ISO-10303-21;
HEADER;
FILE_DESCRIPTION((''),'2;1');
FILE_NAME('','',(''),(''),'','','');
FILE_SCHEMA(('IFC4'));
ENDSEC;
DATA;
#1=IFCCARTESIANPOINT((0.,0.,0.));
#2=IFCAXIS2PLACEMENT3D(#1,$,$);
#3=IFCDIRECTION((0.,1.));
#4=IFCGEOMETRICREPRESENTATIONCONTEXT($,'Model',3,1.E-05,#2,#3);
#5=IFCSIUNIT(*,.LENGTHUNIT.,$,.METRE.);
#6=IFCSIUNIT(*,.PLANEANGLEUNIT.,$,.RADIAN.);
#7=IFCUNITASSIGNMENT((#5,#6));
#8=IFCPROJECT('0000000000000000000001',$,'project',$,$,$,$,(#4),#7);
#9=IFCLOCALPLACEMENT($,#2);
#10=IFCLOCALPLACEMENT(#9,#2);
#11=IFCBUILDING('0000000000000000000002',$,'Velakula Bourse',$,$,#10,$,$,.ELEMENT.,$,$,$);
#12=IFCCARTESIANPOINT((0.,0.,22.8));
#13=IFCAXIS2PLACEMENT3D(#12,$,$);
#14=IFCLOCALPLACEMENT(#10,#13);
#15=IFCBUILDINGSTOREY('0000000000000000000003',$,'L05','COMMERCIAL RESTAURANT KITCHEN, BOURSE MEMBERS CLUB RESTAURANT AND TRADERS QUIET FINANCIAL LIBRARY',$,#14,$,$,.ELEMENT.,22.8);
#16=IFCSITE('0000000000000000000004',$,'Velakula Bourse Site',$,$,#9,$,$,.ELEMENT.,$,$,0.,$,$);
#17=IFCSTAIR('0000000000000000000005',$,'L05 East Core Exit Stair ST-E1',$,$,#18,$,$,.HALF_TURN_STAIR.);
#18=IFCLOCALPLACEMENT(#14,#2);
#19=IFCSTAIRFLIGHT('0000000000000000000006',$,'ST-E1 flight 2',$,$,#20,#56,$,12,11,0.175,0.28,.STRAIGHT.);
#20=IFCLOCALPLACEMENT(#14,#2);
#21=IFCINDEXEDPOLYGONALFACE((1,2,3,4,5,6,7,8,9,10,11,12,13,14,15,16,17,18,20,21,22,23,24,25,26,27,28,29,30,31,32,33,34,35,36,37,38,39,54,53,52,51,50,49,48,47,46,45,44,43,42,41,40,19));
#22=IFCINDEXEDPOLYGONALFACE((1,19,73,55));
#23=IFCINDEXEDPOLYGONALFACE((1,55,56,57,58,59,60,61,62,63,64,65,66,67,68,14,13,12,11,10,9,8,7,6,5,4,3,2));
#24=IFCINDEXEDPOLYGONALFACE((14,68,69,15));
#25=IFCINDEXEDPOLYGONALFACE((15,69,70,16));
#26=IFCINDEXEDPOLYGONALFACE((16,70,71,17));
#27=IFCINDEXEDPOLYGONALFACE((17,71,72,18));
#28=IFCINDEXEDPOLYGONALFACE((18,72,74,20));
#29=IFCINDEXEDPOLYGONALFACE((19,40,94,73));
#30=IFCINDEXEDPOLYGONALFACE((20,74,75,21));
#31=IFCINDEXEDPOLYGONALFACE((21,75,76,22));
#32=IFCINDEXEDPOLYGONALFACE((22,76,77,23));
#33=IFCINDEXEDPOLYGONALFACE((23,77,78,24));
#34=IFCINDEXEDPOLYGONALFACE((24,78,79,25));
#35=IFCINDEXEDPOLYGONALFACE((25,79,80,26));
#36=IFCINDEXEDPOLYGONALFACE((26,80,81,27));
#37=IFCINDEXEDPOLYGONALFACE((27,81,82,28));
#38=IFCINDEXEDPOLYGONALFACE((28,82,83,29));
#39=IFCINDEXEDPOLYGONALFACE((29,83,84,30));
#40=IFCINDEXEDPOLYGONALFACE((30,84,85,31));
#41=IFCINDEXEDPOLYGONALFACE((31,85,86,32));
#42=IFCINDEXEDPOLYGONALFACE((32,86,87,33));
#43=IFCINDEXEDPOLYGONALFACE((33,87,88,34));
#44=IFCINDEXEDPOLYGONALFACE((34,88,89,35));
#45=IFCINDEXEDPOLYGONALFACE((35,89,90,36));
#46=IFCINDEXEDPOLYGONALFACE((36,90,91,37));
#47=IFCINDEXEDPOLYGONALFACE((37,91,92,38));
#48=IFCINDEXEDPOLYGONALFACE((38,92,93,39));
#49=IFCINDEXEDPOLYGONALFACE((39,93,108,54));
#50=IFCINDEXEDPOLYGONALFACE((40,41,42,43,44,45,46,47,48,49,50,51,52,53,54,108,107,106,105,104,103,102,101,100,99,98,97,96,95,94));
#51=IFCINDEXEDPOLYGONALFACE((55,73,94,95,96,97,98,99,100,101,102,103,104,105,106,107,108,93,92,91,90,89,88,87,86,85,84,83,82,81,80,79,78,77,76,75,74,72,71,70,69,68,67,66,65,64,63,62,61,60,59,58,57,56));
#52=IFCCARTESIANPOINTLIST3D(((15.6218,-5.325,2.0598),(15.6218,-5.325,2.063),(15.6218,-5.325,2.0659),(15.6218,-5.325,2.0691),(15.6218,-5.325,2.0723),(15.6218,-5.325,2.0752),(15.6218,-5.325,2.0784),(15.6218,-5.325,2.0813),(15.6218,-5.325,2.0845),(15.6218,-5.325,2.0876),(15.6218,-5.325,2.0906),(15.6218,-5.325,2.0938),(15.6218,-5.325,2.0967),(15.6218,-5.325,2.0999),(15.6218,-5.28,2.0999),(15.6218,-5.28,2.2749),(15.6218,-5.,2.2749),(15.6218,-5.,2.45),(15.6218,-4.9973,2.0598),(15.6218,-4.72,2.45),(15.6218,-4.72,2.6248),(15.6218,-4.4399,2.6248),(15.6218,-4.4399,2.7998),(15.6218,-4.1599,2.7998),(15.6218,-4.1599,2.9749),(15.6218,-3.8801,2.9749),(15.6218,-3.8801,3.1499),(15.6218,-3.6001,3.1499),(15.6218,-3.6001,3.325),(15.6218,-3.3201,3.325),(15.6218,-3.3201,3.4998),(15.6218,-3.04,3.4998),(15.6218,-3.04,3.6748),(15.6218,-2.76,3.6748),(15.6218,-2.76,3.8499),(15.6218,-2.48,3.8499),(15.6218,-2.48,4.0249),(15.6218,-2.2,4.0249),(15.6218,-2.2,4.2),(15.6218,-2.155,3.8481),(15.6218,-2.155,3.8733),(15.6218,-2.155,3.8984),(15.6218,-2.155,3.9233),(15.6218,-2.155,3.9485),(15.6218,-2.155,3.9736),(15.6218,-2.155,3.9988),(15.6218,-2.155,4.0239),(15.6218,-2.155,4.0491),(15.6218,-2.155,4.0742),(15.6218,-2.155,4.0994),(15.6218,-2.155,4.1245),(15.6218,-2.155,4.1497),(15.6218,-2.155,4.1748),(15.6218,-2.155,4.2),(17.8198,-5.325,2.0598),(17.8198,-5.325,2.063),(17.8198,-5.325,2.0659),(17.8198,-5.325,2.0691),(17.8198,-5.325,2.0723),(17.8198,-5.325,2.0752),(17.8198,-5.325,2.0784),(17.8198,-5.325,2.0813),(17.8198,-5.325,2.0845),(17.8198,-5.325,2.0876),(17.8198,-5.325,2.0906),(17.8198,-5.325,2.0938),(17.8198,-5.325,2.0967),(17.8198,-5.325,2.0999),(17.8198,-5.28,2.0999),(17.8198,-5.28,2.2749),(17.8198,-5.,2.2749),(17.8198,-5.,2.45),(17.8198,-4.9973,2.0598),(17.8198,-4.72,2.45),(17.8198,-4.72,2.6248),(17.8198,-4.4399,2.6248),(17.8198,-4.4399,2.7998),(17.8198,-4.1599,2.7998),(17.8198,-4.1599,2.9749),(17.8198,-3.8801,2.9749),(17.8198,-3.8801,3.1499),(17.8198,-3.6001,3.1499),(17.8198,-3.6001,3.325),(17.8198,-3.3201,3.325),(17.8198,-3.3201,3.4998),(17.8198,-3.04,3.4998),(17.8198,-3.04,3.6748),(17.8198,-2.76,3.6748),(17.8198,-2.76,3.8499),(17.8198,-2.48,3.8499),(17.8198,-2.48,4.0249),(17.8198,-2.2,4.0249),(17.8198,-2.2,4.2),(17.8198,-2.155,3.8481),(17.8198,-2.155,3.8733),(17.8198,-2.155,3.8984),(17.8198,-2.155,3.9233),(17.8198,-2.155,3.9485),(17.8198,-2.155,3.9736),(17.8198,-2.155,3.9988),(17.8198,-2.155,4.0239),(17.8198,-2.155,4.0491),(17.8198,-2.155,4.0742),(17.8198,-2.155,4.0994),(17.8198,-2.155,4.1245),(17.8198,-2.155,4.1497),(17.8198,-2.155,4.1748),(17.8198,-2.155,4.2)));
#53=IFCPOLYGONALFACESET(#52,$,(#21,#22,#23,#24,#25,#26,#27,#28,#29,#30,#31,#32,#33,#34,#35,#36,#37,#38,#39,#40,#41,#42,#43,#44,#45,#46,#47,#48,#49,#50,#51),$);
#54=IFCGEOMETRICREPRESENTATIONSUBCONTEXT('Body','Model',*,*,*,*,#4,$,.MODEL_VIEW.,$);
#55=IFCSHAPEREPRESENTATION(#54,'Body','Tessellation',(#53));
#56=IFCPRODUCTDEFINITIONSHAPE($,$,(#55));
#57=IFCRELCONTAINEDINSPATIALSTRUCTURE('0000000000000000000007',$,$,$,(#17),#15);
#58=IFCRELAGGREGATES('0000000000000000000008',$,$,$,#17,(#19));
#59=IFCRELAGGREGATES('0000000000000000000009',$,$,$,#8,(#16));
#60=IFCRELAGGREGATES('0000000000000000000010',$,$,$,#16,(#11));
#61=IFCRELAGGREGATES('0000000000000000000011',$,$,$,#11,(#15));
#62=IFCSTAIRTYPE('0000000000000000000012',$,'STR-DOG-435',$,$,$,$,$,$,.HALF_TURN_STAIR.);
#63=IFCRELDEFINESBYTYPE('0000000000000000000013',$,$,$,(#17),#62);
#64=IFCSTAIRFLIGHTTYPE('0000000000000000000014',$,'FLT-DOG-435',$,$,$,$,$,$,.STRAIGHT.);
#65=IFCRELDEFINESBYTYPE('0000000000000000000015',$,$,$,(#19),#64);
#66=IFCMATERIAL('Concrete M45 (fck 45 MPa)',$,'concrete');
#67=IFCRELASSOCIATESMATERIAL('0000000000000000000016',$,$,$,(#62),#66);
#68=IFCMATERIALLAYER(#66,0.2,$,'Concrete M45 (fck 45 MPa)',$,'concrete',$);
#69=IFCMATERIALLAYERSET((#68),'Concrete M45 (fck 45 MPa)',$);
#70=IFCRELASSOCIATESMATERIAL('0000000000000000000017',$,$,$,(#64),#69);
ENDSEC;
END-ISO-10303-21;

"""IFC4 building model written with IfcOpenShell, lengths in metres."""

from ifc_helpers import new_model, si_unit, direction, frame, origin, place, context, subcontext, project, spatial, polyline, outline, extrude, material, layer, layer_set, type_object, element, aggregate, save


model = new_model("IFC4")

# Units and contexts
model_context = context("Model", 3, precision=1e-05, world=origin(), true_north=direction((0.0, 1.0)))
body_context = subcontext(model_context, "Body", "Model", "MODEL_VIEW")
ifc_project = project(units=[si_unit("LENGTHUNIT", "METRE"), si_unit("PLANEANGLEUNIT", "RADIAN")], contexts=[model_context])

# Site, building, storey
site_placement = place(None, origin())
site = spatial("IfcSite", under=ifc_project, at=site_placement, Name="Velakula Bourse Site", CompositionType="ELEMENT", RefElevation=0.0)
building_placement = place(site_placement, origin())
building = spatial("IfcBuilding", under=site, at=building_placement, Name="Velakula Bourse", CompositionType="ELEMENT")
storey_placement = place(building_placement, frame((0.0, 0.0, 22.8)))
storey = spatial("IfcBuildingStorey", under=building, at=storey_placement, Name="L05", Description="COMMERCIAL RESTAURANT KITCHEN, BOURSE MEMBERS CLUB RESTAURANT AND TRADERS QUIET FINANCIAL LIBRARY", CompositionType="ELEMENT", Elevation=22.8)

# Stair, stair flight
ifc_material_1 = material(Name="Concrete M45 (fck 45 MPa)", Category="concrete")
stair_type = type_object("IfcStairType", Name="STR-DOG-435", PredefinedType="HALF_TURN_STAIR", material=ifc_material_1)
stair_placement = place(storey_placement, origin())
stair = element("IfcStair", 1, at=stair_placement, inside=storey, type_object=stair_type, Name="L05 East Core Exit Stair ST-E1", PredefinedType="HALF_TURN_STAIR")
ifc_layer_1 = layer(ifc_material_1, 0.2, Name="Concrete M45 (fck 45 MPa)", Category="concrete")
ifc_layer_set_1 = layer_set([ifc_layer_1], Name="Concrete M45 (fck 45 MPa)")
stair_flight_type = type_object("IfcStairFlightType", Name="FLT-DOG-435", PredefinedType="STRAIGHT", material=ifc_layer_set_1)
stair_flight_1_placement = place(storey_placement, frame((16.7209, -5.28, 2.0999), z_axis=(0.0, 0.0, 1.0), x_axis=(0.0, 1.0, 0.0)))
stair_flight_1 = element("IfcStairFlight", 2, at=stair_flight_1_placement, type_object=stair_flight_type, Name="ST-E1 flight 2", NumberOfRisers=12, NumberOfTreads=11, PredefinedType="STRAIGHT", RiserHeight=0.175, TreadLength=0.28, context=body_context, shape_type="SweptSolid", body=[
    extrude(outline(polyline([(-0.0449, -0.04), (-0.0449, -0.0369), (-0.0449, -0.0339), (-0.0449, -0.0308), (-0.0449, -0.0276), (-0.0449, -0.0247), (-0.0449, -0.0215), (-0.0449, -0.0186), (-0.0449, -0.0154), (-0.0449, -0.0122), (-0.0449, -0.0093), (-0.0449, -0.0061), (-0.0449, -0.0032), (-0.0449, 0.0), (0.0, 0.0), (0.0, 0.175), (0.28, 0.175), (0.28, 0.3501), (0.5601, 0.3501), (0.5601, 0.5249), (0.8401, 0.5249), (0.8401, 0.7), (1.1201, 0.7), (1.1201, 0.875), (1.3999, 0.875), (1.3999, 1.05), (1.6799, 1.05), (1.6799, 1.2251), (1.96, 1.2251), (1.96, 1.3999), (2.24, 1.3999), (2.24, 1.575), (2.52, 1.575), (2.52, 1.75), (2.8, 1.75), (2.8, 1.925), (3.0801, 1.925), (3.0801, 2.1001), (3.125, 2.1001), (3.125, 2.075), (3.125, 2.0498), (3.125, 2.0247), (3.125, 1.9995), (3.125, 1.9744), (3.125, 1.9492), (3.125, 1.9241), (3.125, 1.8989), (3.125, 1.8738), (3.125, 1.8486), (3.125, 1.8235), (3.125, 1.7986), (3.125, 1.7734), (3.125, 1.7483), (0.2827, -0.04), (-0.0449, -0.04)])), frame((0.0, 1.0991, 0.0), z_axis=(0.0, -1.0, 0.0), x_axis=(1.0, 0.0, 0.0)), (0.0, 0.0, 1.0), 2.198),
])
aggregate(stair, [stair_flight_1])

save(model, "model.ifc")
